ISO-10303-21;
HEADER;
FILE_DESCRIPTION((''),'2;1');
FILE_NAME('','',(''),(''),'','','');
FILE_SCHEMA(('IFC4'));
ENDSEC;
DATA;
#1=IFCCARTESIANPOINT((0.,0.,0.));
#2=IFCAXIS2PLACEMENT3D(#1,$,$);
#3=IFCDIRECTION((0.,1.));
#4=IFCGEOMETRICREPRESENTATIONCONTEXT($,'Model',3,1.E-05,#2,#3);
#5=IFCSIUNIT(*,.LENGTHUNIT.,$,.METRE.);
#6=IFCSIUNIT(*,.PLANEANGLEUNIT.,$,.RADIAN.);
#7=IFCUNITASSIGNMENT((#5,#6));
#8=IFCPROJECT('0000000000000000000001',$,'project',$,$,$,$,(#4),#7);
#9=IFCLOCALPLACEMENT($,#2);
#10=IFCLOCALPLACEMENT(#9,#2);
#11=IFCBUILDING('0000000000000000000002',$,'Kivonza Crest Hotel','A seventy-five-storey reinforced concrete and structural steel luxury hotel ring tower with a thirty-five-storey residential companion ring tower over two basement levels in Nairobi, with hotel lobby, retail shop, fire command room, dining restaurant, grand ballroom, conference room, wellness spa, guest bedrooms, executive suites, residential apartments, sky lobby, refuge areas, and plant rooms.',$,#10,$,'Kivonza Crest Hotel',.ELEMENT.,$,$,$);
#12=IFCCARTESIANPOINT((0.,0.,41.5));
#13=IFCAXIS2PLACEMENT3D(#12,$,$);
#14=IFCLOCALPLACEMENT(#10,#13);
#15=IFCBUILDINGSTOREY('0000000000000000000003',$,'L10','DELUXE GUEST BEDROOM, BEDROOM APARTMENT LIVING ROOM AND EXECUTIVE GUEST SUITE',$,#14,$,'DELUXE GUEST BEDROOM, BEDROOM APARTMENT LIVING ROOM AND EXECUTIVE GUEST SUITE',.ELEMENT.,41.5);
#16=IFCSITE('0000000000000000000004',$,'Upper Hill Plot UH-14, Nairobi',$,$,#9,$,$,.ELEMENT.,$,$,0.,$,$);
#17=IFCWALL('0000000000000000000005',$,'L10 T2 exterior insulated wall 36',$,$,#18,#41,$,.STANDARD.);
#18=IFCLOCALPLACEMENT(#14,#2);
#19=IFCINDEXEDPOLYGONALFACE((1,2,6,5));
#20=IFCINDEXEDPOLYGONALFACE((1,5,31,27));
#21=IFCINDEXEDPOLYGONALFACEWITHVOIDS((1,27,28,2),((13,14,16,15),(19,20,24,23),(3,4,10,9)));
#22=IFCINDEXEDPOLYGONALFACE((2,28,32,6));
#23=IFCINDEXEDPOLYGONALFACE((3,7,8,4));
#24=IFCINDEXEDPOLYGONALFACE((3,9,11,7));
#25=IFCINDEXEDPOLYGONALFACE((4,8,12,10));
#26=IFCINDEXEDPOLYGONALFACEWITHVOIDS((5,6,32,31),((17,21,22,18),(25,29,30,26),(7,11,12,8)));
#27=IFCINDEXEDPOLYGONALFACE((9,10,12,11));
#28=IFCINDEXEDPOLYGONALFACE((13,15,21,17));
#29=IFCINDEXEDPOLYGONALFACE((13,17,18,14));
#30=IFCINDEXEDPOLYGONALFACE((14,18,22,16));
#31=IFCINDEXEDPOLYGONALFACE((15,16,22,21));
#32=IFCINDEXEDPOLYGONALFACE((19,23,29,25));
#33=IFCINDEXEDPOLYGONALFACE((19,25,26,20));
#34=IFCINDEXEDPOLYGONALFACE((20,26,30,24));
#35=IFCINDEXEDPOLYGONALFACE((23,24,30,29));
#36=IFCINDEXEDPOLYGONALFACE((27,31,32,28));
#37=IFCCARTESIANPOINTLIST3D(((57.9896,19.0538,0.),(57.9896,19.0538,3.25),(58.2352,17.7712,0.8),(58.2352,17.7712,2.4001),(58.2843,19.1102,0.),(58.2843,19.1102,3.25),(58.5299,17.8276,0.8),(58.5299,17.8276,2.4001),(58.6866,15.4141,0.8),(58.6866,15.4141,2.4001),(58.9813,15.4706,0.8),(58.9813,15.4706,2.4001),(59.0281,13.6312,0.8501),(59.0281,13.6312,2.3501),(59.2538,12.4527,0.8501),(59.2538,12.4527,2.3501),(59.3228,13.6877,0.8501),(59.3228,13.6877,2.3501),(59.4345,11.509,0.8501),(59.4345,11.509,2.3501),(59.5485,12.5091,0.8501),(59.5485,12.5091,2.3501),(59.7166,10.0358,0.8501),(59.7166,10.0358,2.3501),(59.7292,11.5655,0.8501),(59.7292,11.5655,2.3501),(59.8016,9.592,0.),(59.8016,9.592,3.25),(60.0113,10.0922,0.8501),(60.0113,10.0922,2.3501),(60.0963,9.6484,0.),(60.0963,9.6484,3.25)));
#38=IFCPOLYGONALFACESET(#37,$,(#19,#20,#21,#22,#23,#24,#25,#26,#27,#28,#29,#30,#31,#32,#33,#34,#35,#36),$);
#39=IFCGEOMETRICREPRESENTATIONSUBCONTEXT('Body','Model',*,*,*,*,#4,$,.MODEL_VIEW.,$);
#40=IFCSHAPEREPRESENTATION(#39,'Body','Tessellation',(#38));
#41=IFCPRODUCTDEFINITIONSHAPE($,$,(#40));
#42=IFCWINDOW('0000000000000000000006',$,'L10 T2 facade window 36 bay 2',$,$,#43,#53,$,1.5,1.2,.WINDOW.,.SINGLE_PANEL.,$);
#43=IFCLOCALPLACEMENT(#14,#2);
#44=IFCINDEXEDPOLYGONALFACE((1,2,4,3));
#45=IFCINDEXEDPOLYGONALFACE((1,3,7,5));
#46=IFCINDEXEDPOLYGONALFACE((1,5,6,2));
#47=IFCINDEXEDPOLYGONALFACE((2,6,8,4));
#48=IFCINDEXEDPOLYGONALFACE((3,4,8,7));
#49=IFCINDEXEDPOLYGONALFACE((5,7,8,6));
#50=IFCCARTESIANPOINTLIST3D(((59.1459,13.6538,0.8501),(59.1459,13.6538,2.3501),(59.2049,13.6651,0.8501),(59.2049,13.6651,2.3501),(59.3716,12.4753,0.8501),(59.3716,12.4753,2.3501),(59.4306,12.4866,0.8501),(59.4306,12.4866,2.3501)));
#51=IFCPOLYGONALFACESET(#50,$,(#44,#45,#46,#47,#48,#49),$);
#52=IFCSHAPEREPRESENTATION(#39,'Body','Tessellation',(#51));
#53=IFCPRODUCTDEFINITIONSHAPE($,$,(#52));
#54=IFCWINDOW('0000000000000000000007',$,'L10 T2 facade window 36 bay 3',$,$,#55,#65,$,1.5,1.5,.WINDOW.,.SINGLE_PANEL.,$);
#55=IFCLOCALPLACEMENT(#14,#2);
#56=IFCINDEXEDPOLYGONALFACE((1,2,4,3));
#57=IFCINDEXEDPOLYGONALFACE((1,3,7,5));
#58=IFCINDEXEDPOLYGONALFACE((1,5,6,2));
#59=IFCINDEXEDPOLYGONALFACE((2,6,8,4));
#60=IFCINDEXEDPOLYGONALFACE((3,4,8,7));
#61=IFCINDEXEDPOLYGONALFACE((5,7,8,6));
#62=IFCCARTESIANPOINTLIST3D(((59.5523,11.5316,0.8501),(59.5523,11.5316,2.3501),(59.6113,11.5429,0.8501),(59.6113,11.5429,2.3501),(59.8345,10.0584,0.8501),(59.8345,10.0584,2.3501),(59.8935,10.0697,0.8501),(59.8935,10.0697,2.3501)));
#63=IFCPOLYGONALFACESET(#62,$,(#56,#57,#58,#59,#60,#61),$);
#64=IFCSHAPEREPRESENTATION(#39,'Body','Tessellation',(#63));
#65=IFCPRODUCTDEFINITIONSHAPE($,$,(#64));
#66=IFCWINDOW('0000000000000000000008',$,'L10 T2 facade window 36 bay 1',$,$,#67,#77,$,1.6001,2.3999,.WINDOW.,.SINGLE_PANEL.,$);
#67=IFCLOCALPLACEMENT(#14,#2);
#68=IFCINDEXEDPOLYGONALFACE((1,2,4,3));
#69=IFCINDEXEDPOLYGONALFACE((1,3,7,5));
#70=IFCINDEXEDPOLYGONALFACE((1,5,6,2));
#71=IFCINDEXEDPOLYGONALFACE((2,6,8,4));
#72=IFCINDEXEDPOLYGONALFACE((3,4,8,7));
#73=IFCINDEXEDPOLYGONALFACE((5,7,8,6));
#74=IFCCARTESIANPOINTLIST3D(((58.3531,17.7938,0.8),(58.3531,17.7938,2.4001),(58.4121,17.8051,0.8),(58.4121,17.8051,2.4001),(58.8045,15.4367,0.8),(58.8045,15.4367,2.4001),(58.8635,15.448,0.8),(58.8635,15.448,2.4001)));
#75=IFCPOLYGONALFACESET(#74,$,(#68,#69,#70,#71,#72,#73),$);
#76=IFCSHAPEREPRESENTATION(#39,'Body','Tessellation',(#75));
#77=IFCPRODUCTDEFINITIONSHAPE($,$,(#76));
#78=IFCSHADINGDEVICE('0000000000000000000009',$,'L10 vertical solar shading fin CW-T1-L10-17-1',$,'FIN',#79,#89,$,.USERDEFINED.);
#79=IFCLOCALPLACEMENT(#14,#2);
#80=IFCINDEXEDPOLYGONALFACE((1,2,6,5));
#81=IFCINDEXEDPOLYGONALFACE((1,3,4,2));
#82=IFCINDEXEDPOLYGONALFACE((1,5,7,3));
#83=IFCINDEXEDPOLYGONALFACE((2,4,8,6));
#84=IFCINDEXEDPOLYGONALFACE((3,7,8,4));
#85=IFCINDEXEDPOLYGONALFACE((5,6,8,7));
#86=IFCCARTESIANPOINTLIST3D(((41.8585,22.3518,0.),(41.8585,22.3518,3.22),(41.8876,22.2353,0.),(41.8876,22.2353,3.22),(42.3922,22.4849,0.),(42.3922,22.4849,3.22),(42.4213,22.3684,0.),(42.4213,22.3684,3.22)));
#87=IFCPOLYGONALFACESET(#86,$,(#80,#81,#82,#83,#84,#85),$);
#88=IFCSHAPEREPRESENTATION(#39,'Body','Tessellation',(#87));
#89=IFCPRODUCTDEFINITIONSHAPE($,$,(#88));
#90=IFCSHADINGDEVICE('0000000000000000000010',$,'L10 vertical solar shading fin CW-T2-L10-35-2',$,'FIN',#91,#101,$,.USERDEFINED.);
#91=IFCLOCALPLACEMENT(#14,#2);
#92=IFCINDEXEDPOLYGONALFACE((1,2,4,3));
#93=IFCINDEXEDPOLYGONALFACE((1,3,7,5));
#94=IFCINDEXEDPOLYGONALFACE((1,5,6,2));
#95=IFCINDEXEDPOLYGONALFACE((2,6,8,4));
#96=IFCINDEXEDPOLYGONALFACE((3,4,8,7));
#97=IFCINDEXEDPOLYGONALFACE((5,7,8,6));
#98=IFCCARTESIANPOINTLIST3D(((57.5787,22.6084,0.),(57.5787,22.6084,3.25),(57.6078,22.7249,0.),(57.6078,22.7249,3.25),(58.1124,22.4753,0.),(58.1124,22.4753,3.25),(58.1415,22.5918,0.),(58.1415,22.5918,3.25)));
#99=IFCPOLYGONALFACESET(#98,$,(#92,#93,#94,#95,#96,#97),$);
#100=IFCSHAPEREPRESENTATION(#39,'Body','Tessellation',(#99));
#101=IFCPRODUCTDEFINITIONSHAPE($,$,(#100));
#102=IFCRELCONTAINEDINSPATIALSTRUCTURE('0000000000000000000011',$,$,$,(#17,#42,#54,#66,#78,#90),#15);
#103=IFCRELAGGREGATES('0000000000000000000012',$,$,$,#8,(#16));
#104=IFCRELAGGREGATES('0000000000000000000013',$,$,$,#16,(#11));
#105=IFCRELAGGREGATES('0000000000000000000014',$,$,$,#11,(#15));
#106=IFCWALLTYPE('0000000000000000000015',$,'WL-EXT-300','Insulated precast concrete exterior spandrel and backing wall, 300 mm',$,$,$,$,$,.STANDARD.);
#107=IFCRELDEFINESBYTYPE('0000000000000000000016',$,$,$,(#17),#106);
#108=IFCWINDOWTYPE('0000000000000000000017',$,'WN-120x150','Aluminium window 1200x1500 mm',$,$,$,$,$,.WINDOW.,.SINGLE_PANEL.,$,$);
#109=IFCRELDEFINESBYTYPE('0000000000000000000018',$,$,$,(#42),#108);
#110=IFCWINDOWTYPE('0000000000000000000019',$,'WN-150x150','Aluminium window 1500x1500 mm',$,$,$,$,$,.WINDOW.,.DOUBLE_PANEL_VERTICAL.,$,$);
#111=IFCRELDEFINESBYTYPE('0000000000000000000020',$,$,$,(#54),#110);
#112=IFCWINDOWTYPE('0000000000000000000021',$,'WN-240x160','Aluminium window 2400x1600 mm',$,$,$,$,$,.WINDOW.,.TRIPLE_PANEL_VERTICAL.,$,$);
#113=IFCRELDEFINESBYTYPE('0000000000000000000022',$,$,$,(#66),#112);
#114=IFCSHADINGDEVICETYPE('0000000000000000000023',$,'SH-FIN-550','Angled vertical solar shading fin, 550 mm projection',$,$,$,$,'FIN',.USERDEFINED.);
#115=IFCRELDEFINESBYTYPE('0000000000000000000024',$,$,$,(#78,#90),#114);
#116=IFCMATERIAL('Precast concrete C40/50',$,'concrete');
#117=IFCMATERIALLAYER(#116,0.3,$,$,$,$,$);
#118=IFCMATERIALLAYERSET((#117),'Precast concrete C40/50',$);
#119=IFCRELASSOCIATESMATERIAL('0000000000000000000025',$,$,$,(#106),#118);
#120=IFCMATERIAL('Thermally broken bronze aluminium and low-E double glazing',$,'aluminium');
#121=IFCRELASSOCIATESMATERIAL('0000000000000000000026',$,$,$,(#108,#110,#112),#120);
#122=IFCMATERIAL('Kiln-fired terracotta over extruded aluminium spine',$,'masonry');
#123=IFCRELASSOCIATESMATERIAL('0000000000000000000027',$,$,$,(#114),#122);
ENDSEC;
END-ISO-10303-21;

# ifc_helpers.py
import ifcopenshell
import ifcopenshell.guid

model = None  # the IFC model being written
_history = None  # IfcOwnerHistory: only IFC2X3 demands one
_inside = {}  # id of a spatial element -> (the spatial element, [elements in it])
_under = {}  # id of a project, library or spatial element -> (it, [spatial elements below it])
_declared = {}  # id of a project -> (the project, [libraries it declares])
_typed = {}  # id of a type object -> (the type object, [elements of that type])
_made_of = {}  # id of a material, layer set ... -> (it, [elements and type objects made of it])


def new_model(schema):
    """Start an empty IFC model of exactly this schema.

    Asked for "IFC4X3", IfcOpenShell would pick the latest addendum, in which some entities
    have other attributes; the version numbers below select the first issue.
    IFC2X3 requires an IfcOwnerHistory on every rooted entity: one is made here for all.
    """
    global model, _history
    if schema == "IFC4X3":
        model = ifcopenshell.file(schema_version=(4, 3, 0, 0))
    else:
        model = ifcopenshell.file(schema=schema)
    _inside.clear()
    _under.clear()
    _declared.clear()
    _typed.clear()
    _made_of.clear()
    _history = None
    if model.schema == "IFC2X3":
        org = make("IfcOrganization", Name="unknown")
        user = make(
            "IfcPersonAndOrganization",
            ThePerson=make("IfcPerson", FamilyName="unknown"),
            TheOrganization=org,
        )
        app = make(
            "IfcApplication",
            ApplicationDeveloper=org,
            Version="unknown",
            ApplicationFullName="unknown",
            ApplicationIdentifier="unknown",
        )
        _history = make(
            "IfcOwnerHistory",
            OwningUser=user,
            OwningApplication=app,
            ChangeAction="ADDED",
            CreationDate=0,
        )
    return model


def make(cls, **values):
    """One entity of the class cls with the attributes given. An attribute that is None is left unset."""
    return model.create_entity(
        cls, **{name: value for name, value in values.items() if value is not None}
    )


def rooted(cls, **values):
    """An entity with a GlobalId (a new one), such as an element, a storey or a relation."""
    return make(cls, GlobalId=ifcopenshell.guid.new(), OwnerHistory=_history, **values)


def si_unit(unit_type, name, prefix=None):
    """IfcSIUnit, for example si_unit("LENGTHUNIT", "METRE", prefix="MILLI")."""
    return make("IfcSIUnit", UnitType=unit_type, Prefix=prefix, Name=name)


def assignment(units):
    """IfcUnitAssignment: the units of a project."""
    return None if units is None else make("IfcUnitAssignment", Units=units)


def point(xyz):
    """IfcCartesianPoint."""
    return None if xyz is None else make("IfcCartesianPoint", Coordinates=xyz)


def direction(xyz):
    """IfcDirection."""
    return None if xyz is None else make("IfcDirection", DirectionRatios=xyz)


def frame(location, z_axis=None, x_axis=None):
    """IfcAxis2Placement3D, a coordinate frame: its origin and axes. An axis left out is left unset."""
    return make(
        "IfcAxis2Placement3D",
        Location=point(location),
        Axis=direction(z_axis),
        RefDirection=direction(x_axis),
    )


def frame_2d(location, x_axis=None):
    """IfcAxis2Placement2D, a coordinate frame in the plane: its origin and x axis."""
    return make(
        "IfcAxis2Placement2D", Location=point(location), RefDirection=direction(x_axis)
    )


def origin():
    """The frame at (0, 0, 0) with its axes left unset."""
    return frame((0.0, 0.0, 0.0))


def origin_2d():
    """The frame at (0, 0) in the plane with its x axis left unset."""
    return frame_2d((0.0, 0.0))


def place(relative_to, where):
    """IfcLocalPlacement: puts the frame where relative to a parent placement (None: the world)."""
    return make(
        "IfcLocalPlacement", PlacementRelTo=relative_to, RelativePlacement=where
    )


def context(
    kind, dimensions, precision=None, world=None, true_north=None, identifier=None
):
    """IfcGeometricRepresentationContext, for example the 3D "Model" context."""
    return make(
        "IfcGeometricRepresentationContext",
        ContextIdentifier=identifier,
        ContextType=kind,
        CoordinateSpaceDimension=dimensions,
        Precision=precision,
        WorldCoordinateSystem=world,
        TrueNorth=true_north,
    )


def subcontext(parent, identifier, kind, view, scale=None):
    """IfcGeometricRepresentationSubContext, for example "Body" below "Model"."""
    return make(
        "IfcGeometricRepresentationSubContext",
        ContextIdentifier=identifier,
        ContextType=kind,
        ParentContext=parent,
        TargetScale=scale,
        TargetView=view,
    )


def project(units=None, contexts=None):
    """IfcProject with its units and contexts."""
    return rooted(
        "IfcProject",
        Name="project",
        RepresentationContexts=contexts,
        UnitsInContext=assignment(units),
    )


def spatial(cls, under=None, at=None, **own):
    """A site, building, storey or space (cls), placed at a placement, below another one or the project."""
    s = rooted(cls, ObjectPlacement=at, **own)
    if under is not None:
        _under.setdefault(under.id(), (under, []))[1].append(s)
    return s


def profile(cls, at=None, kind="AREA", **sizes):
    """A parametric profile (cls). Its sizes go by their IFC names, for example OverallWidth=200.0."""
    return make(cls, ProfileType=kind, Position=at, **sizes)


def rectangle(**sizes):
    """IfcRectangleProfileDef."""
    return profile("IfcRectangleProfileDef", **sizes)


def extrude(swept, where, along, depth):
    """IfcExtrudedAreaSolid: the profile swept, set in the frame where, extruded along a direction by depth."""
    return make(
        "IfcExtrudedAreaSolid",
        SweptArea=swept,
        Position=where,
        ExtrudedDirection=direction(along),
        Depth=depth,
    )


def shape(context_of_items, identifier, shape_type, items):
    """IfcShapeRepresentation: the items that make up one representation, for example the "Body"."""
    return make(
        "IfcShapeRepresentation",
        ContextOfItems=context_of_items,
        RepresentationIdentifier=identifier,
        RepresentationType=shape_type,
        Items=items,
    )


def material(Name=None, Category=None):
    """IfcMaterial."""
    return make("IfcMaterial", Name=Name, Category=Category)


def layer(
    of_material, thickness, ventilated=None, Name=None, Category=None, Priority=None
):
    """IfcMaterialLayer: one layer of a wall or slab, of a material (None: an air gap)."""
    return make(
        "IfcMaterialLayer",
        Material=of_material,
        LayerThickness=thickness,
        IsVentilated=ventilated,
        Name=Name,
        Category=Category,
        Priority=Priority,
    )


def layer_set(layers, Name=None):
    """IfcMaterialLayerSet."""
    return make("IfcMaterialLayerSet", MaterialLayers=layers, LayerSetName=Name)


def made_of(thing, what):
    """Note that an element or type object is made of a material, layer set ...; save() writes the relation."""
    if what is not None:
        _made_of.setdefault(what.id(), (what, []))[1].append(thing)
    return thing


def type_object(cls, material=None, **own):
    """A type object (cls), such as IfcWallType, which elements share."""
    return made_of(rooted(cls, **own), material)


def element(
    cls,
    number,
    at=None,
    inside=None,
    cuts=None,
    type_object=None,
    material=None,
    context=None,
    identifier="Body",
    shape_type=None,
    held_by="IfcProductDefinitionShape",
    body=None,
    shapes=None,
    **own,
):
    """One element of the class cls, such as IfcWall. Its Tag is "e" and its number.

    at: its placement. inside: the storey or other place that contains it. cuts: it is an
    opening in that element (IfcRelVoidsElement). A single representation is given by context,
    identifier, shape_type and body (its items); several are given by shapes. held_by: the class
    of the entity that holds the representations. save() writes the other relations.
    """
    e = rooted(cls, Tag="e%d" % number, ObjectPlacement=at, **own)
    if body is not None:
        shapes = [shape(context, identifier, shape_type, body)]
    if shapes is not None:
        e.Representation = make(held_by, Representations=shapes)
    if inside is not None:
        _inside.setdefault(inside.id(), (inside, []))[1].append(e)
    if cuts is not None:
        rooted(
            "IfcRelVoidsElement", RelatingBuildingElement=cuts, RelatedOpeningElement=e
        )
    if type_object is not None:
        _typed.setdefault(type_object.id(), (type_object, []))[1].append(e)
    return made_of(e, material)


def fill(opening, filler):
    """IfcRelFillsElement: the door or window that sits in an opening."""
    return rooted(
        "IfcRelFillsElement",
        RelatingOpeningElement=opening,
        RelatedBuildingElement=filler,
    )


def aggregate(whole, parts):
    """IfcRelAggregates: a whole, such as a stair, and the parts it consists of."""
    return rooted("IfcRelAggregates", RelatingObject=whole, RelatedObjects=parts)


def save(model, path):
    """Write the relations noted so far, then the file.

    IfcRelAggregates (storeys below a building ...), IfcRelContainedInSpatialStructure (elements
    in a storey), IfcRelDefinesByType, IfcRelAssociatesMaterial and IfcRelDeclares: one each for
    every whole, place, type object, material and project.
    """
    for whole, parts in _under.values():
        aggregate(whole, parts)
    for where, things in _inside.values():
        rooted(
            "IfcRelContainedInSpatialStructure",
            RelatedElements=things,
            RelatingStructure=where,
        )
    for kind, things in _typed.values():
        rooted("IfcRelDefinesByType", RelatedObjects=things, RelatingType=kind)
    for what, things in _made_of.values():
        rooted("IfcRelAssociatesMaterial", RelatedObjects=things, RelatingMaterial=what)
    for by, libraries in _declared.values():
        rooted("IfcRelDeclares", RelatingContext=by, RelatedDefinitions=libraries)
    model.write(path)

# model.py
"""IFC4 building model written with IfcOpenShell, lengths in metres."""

from ifc_helpers import new_model, si_unit, direction, frame, frame_2d, origin, origin_2d, place, context, subcontext, project, spatial, rectangle, extrude, material, layer, layer_set, type_object, element, fill, save


model = new_model("IFC4")

# Units and contexts
model_context = context("Model", 3, precision=1e-05, world=origin(), true_north=direction((0.0, 1.0)))
body_context = subcontext(model_context, "Body", "Model", "MODEL_VIEW")
ifc_project = project(units=[si_unit("LENGTHUNIT", "METRE"), si_unit("PLANEANGLEUNIT", "RADIAN")], contexts=[model_context])

# Site, building, storey
site_placement = place(None, origin())
site = spatial("IfcSite", under=ifc_project, at=site_placement, Name="Upper Hill Plot UH-14, Nairobi", CompositionType="ELEMENT", RefElevation=0.0)
building_placement = place(site_placement, origin())
building = spatial("IfcBuilding", under=site, at=building_placement, Name="Kivonza Crest Hotel", Description="A seventy-five-storey reinforced concrete and structural steel luxury hotel ring tower with a thirty-five-storey residential companion ring tower over two basement levels in Nairobi, with hotel lobby, retail shop, fire command room, dining restaurant, grand ballroom, conference room, wellness spa, guest bedrooms, executive suites, residential apartments, sky lobby, refuge areas, and plant rooms.", LongName="Kivonza Crest Hotel", CompositionType="ELEMENT")
storey_placement = place(building_placement, frame((0.0, 0.0, 41.5)))
storey = spatial("IfcBuildingStorey", under=building, at=storey_placement, Name="L10", Description="DELUXE GUEST BEDROOM, BEDROOM APARTMENT LIVING ROOM AND EXECUTIVE GUEST SUITE", LongName="DELUXE GUEST BEDROOM, BEDROOM APARTMENT LIVING ROOM AND EXECUTIVE GUEST SUITE", CompositionType="ELEMENT", Elevation=41.5)

# Wall, openings, windows
ifc_material_1 = material(Name="Precast concrete C40/50", Category="concrete")
ifc_layer_1 = layer(ifc_material_1, 0.3)
ifc_layer_set_1 = layer_set([ifc_layer_1], Name="Precast concrete C40/50")
wall_type_1 = type_object("IfcWallType", Name="WL-EXT-300", Description="Insulated precast concrete exterior spandrel and backing wall, 300 mm", PredefinedType="STANDARD", material=ifc_layer_set_1)
wall_1_placement = place(storey_placement, frame((58.137, 19.082, 0.0), z_axis=(0.0, 0.0, 1.0), x_axis=(0.188088, -0.982152, 0.0)))
wall_1 = element("IfcWall", 1, at=wall_1_placement, inside=storey, type_object=wall_type_1, Name="L10 T2 exterior insulated wall 36", PredefinedType="STANDARD", context=body_context, shape_type="SweptSolid", body=[
    extrude(rectangle(XDim=9.6338, YDim=0.3, at=frame_2d((4.8169, 0.0))), origin(), (0.0, 0.0, 1.0), 3.25),
])
opening_1_placement = place(wall_1_placement, frame((1.3059, 0.0, 0.8)))
opening_1 = element("IfcOpeningElement", 2, at=opening_1_placement, cuts=wall_1, PredefinedType="OPENING", context=body_context, shape_type="SweptSolid", body=[
    extrude(rectangle(XDim=2.3999, YDim=1.6001, at=frame_2d((1.2, 0.8))), frame((0.0, 0.1602, 0.0), z_axis=(0.0, -1.0, 0.0), x_axis=(1.0, 0.0, 0.0)), (0.0, 0.0, 1.0), 0.3201),
])
opening_2_placement = place(wall_1_placement, frame((5.521, 0.0, 0.8501)))
opening_2 = element("IfcOpeningElement", 3, at=opening_2_placement, cuts=wall_1, PredefinedType="OPENING", context=body_context, shape_type="SweptSolid", body=[
    extrude(rectangle(XDim=1.2, YDim=1.5, at=frame_2d((0.6001, 0.75))), frame((0.0, 0.1602, 0.0), z_axis=(0.0, -1.0, 0.0), x_axis=(1.0, 0.0, 0.0)), (0.0, 0.0, 1.0), 0.3201),
])
opening_3_placement = place(wall_1_placement, frame((7.6819, 0.0, 0.8501)))
opening_3 = element("IfcOpeningElement", 4, at=opening_3_placement, cuts=wall_1, PredefinedType="OPENING", context=body_context, shape_type="SweptSolid", body=[
    extrude(rectangle(XDim=1.5, YDim=1.5, at=frame_2d((0.75, 0.75))), frame((0.0, 0.1602, 0.0), z_axis=(0.0, -1.0, 0.0), x_axis=(1.0, 0.0, 0.0)), (0.0, 0.0, 1.0), 0.3201),
])
ifc_material_2 = material(Name="Thermally broken bronze aluminium and low-E double glazing", Category="aluminium")
window_type_1 = type_object("IfcWindowType", Name="WN-120x150", Description="Aluminium window 1200x1500 mm", PartitioningType="SINGLE_PANEL", PredefinedType="WINDOW", material=ifc_material_2)
window_1_placement = place(opening_2_placement, origin())
window_1 = element("IfcWindow", 5, at=window_1_placement, inside=storey, type_object=window_type_1, Name="L10 T2 facade window 36 bay 2", OverallHeight=1.5, OverallWidth=1.2, PartitioningType="SINGLE_PANEL", PredefinedType="WINDOW", context=body_context, shape_type="SweptSolid", body=[
    extrude(rectangle(XDim=1.2, YDim=1.5, at=frame_2d((0.6001, 0.75))), frame((0.0, 0.03, 0.0), z_axis=(0.0, -1.0, 0.0), x_axis=(1.0, 0.0, 0.0)), (0.0, 0.0, 1.0), 0.0601),
])
fill(opening_2, window_1)
window_type_2 = type_object("IfcWindowType", Name="WN-150x150", Description="Aluminium window 1500x1500 mm", PartitioningType="DOUBLE_PANEL_VERTICAL", PredefinedType="WINDOW", material=ifc_material_2)
window_2_placement = place(opening_3_placement, origin())
window_2 = element("IfcWindow", 6, at=window_2_placement, inside=storey, type_object=window_type_2, Name="L10 T2 facade window 36 bay 3", OverallHeight=1.5, OverallWidth=1.5, PartitioningType="SINGLE_PANEL", PredefinedType="WINDOW", context=body_context, shape_type="SweptSolid", body=[
    extrude(rectangle(XDim=1.5, YDim=1.5, at=frame_2d((0.75, 0.75))), frame((0.0, 0.03, 0.0), z_axis=(0.0, -1.0, 0.0), x_axis=(1.0, 0.0, 0.0)), (0.0, 0.0, 1.0), 0.0601),
])
fill(opening_3, window_2)
window_type_3 = type_object("IfcWindowType", Name="WN-240x160", Description="Aluminium window 2400x1600 mm", PartitioningType="TRIPLE_PANEL_VERTICAL", PredefinedType="WINDOW", material=ifc_material_2)
window_3_placement = place(opening_1_placement, origin())
window_3 = element("IfcWindow", 7, at=window_3_placement, inside=storey, type_object=window_type_3, Name="L10 T2 facade window 36 bay 1", OverallHeight=1.6001, OverallWidth=2.3999, PartitioningType="SINGLE_PANEL", PredefinedType="WINDOW", context=body_context, shape_type="SweptSolid", body=[
    extrude(rectangle(XDim=2.3999, YDim=1.6001, at=frame_2d((1.2, 0.8))), frame((0.0, 0.03, 0.0), z_axis=(0.0, -1.0, 0.0), x_axis=(1.0, 0.0, 0.0)), (0.0, 0.0, 1.0), 0.0601),
])
fill(opening_1, window_3)

# Shading devices
ifc_material_3 = material(Name="Kiln-fired terracotta over extruded aluminium spine", Category="masonry")
shading_device_type = type_object("IfcShadingDeviceType", Name="SH-FIN-550", Description="Angled vertical solar shading fin, 550 mm projection", ElementType="FIN", PredefinedType="USERDEFINED", material=ifc_material_3)
shading_device_1_placement = place(storey_placement, frame((42.1399, 22.3601, 0.0), z_axis=(0.0, 0.0, 1.0), x_axis=(-0.241922, 0.970296, 0.0)))
element("IfcShadingDevice", 8, at=shading_device_1_placement, inside=storey, type_object=shading_device_type, Name="L10 vertical solar shading fin CW-T1-L10-17-1", ObjectType="FIN", PredefinedType="USERDEFINED", context=body_context, shape_type="SweptSolid", body=[
    extrude(rectangle(XDim=0.1201, YDim=0.55, at=origin_2d()), origin(), (0.0, 0.0, 1.0), 3.22),
])
shading_device_2_placement = place(storey_placement, frame((57.8601, 22.6001, 0.0), z_axis=(0.0, 0.0, 1.0), x_axis=(-0.241922, -0.970296, 0.0)))
element("IfcShadingDevice", 9, at=shading_device_2_placement, inside=storey, type_object=shading_device_type, Name="L10 vertical solar shading fin CW-T2-L10-35-2", ObjectType="FIN", PredefinedType="USERDEFINED", context=body_context, shape_type="SweptSolid", body=[
    extrude(rectangle(XDim=0.1201, YDim=0.55, at=origin_2d()), origin(), (0.0, 0.0, 1.0), 3.25),
])

save(model, "model.ifc")
